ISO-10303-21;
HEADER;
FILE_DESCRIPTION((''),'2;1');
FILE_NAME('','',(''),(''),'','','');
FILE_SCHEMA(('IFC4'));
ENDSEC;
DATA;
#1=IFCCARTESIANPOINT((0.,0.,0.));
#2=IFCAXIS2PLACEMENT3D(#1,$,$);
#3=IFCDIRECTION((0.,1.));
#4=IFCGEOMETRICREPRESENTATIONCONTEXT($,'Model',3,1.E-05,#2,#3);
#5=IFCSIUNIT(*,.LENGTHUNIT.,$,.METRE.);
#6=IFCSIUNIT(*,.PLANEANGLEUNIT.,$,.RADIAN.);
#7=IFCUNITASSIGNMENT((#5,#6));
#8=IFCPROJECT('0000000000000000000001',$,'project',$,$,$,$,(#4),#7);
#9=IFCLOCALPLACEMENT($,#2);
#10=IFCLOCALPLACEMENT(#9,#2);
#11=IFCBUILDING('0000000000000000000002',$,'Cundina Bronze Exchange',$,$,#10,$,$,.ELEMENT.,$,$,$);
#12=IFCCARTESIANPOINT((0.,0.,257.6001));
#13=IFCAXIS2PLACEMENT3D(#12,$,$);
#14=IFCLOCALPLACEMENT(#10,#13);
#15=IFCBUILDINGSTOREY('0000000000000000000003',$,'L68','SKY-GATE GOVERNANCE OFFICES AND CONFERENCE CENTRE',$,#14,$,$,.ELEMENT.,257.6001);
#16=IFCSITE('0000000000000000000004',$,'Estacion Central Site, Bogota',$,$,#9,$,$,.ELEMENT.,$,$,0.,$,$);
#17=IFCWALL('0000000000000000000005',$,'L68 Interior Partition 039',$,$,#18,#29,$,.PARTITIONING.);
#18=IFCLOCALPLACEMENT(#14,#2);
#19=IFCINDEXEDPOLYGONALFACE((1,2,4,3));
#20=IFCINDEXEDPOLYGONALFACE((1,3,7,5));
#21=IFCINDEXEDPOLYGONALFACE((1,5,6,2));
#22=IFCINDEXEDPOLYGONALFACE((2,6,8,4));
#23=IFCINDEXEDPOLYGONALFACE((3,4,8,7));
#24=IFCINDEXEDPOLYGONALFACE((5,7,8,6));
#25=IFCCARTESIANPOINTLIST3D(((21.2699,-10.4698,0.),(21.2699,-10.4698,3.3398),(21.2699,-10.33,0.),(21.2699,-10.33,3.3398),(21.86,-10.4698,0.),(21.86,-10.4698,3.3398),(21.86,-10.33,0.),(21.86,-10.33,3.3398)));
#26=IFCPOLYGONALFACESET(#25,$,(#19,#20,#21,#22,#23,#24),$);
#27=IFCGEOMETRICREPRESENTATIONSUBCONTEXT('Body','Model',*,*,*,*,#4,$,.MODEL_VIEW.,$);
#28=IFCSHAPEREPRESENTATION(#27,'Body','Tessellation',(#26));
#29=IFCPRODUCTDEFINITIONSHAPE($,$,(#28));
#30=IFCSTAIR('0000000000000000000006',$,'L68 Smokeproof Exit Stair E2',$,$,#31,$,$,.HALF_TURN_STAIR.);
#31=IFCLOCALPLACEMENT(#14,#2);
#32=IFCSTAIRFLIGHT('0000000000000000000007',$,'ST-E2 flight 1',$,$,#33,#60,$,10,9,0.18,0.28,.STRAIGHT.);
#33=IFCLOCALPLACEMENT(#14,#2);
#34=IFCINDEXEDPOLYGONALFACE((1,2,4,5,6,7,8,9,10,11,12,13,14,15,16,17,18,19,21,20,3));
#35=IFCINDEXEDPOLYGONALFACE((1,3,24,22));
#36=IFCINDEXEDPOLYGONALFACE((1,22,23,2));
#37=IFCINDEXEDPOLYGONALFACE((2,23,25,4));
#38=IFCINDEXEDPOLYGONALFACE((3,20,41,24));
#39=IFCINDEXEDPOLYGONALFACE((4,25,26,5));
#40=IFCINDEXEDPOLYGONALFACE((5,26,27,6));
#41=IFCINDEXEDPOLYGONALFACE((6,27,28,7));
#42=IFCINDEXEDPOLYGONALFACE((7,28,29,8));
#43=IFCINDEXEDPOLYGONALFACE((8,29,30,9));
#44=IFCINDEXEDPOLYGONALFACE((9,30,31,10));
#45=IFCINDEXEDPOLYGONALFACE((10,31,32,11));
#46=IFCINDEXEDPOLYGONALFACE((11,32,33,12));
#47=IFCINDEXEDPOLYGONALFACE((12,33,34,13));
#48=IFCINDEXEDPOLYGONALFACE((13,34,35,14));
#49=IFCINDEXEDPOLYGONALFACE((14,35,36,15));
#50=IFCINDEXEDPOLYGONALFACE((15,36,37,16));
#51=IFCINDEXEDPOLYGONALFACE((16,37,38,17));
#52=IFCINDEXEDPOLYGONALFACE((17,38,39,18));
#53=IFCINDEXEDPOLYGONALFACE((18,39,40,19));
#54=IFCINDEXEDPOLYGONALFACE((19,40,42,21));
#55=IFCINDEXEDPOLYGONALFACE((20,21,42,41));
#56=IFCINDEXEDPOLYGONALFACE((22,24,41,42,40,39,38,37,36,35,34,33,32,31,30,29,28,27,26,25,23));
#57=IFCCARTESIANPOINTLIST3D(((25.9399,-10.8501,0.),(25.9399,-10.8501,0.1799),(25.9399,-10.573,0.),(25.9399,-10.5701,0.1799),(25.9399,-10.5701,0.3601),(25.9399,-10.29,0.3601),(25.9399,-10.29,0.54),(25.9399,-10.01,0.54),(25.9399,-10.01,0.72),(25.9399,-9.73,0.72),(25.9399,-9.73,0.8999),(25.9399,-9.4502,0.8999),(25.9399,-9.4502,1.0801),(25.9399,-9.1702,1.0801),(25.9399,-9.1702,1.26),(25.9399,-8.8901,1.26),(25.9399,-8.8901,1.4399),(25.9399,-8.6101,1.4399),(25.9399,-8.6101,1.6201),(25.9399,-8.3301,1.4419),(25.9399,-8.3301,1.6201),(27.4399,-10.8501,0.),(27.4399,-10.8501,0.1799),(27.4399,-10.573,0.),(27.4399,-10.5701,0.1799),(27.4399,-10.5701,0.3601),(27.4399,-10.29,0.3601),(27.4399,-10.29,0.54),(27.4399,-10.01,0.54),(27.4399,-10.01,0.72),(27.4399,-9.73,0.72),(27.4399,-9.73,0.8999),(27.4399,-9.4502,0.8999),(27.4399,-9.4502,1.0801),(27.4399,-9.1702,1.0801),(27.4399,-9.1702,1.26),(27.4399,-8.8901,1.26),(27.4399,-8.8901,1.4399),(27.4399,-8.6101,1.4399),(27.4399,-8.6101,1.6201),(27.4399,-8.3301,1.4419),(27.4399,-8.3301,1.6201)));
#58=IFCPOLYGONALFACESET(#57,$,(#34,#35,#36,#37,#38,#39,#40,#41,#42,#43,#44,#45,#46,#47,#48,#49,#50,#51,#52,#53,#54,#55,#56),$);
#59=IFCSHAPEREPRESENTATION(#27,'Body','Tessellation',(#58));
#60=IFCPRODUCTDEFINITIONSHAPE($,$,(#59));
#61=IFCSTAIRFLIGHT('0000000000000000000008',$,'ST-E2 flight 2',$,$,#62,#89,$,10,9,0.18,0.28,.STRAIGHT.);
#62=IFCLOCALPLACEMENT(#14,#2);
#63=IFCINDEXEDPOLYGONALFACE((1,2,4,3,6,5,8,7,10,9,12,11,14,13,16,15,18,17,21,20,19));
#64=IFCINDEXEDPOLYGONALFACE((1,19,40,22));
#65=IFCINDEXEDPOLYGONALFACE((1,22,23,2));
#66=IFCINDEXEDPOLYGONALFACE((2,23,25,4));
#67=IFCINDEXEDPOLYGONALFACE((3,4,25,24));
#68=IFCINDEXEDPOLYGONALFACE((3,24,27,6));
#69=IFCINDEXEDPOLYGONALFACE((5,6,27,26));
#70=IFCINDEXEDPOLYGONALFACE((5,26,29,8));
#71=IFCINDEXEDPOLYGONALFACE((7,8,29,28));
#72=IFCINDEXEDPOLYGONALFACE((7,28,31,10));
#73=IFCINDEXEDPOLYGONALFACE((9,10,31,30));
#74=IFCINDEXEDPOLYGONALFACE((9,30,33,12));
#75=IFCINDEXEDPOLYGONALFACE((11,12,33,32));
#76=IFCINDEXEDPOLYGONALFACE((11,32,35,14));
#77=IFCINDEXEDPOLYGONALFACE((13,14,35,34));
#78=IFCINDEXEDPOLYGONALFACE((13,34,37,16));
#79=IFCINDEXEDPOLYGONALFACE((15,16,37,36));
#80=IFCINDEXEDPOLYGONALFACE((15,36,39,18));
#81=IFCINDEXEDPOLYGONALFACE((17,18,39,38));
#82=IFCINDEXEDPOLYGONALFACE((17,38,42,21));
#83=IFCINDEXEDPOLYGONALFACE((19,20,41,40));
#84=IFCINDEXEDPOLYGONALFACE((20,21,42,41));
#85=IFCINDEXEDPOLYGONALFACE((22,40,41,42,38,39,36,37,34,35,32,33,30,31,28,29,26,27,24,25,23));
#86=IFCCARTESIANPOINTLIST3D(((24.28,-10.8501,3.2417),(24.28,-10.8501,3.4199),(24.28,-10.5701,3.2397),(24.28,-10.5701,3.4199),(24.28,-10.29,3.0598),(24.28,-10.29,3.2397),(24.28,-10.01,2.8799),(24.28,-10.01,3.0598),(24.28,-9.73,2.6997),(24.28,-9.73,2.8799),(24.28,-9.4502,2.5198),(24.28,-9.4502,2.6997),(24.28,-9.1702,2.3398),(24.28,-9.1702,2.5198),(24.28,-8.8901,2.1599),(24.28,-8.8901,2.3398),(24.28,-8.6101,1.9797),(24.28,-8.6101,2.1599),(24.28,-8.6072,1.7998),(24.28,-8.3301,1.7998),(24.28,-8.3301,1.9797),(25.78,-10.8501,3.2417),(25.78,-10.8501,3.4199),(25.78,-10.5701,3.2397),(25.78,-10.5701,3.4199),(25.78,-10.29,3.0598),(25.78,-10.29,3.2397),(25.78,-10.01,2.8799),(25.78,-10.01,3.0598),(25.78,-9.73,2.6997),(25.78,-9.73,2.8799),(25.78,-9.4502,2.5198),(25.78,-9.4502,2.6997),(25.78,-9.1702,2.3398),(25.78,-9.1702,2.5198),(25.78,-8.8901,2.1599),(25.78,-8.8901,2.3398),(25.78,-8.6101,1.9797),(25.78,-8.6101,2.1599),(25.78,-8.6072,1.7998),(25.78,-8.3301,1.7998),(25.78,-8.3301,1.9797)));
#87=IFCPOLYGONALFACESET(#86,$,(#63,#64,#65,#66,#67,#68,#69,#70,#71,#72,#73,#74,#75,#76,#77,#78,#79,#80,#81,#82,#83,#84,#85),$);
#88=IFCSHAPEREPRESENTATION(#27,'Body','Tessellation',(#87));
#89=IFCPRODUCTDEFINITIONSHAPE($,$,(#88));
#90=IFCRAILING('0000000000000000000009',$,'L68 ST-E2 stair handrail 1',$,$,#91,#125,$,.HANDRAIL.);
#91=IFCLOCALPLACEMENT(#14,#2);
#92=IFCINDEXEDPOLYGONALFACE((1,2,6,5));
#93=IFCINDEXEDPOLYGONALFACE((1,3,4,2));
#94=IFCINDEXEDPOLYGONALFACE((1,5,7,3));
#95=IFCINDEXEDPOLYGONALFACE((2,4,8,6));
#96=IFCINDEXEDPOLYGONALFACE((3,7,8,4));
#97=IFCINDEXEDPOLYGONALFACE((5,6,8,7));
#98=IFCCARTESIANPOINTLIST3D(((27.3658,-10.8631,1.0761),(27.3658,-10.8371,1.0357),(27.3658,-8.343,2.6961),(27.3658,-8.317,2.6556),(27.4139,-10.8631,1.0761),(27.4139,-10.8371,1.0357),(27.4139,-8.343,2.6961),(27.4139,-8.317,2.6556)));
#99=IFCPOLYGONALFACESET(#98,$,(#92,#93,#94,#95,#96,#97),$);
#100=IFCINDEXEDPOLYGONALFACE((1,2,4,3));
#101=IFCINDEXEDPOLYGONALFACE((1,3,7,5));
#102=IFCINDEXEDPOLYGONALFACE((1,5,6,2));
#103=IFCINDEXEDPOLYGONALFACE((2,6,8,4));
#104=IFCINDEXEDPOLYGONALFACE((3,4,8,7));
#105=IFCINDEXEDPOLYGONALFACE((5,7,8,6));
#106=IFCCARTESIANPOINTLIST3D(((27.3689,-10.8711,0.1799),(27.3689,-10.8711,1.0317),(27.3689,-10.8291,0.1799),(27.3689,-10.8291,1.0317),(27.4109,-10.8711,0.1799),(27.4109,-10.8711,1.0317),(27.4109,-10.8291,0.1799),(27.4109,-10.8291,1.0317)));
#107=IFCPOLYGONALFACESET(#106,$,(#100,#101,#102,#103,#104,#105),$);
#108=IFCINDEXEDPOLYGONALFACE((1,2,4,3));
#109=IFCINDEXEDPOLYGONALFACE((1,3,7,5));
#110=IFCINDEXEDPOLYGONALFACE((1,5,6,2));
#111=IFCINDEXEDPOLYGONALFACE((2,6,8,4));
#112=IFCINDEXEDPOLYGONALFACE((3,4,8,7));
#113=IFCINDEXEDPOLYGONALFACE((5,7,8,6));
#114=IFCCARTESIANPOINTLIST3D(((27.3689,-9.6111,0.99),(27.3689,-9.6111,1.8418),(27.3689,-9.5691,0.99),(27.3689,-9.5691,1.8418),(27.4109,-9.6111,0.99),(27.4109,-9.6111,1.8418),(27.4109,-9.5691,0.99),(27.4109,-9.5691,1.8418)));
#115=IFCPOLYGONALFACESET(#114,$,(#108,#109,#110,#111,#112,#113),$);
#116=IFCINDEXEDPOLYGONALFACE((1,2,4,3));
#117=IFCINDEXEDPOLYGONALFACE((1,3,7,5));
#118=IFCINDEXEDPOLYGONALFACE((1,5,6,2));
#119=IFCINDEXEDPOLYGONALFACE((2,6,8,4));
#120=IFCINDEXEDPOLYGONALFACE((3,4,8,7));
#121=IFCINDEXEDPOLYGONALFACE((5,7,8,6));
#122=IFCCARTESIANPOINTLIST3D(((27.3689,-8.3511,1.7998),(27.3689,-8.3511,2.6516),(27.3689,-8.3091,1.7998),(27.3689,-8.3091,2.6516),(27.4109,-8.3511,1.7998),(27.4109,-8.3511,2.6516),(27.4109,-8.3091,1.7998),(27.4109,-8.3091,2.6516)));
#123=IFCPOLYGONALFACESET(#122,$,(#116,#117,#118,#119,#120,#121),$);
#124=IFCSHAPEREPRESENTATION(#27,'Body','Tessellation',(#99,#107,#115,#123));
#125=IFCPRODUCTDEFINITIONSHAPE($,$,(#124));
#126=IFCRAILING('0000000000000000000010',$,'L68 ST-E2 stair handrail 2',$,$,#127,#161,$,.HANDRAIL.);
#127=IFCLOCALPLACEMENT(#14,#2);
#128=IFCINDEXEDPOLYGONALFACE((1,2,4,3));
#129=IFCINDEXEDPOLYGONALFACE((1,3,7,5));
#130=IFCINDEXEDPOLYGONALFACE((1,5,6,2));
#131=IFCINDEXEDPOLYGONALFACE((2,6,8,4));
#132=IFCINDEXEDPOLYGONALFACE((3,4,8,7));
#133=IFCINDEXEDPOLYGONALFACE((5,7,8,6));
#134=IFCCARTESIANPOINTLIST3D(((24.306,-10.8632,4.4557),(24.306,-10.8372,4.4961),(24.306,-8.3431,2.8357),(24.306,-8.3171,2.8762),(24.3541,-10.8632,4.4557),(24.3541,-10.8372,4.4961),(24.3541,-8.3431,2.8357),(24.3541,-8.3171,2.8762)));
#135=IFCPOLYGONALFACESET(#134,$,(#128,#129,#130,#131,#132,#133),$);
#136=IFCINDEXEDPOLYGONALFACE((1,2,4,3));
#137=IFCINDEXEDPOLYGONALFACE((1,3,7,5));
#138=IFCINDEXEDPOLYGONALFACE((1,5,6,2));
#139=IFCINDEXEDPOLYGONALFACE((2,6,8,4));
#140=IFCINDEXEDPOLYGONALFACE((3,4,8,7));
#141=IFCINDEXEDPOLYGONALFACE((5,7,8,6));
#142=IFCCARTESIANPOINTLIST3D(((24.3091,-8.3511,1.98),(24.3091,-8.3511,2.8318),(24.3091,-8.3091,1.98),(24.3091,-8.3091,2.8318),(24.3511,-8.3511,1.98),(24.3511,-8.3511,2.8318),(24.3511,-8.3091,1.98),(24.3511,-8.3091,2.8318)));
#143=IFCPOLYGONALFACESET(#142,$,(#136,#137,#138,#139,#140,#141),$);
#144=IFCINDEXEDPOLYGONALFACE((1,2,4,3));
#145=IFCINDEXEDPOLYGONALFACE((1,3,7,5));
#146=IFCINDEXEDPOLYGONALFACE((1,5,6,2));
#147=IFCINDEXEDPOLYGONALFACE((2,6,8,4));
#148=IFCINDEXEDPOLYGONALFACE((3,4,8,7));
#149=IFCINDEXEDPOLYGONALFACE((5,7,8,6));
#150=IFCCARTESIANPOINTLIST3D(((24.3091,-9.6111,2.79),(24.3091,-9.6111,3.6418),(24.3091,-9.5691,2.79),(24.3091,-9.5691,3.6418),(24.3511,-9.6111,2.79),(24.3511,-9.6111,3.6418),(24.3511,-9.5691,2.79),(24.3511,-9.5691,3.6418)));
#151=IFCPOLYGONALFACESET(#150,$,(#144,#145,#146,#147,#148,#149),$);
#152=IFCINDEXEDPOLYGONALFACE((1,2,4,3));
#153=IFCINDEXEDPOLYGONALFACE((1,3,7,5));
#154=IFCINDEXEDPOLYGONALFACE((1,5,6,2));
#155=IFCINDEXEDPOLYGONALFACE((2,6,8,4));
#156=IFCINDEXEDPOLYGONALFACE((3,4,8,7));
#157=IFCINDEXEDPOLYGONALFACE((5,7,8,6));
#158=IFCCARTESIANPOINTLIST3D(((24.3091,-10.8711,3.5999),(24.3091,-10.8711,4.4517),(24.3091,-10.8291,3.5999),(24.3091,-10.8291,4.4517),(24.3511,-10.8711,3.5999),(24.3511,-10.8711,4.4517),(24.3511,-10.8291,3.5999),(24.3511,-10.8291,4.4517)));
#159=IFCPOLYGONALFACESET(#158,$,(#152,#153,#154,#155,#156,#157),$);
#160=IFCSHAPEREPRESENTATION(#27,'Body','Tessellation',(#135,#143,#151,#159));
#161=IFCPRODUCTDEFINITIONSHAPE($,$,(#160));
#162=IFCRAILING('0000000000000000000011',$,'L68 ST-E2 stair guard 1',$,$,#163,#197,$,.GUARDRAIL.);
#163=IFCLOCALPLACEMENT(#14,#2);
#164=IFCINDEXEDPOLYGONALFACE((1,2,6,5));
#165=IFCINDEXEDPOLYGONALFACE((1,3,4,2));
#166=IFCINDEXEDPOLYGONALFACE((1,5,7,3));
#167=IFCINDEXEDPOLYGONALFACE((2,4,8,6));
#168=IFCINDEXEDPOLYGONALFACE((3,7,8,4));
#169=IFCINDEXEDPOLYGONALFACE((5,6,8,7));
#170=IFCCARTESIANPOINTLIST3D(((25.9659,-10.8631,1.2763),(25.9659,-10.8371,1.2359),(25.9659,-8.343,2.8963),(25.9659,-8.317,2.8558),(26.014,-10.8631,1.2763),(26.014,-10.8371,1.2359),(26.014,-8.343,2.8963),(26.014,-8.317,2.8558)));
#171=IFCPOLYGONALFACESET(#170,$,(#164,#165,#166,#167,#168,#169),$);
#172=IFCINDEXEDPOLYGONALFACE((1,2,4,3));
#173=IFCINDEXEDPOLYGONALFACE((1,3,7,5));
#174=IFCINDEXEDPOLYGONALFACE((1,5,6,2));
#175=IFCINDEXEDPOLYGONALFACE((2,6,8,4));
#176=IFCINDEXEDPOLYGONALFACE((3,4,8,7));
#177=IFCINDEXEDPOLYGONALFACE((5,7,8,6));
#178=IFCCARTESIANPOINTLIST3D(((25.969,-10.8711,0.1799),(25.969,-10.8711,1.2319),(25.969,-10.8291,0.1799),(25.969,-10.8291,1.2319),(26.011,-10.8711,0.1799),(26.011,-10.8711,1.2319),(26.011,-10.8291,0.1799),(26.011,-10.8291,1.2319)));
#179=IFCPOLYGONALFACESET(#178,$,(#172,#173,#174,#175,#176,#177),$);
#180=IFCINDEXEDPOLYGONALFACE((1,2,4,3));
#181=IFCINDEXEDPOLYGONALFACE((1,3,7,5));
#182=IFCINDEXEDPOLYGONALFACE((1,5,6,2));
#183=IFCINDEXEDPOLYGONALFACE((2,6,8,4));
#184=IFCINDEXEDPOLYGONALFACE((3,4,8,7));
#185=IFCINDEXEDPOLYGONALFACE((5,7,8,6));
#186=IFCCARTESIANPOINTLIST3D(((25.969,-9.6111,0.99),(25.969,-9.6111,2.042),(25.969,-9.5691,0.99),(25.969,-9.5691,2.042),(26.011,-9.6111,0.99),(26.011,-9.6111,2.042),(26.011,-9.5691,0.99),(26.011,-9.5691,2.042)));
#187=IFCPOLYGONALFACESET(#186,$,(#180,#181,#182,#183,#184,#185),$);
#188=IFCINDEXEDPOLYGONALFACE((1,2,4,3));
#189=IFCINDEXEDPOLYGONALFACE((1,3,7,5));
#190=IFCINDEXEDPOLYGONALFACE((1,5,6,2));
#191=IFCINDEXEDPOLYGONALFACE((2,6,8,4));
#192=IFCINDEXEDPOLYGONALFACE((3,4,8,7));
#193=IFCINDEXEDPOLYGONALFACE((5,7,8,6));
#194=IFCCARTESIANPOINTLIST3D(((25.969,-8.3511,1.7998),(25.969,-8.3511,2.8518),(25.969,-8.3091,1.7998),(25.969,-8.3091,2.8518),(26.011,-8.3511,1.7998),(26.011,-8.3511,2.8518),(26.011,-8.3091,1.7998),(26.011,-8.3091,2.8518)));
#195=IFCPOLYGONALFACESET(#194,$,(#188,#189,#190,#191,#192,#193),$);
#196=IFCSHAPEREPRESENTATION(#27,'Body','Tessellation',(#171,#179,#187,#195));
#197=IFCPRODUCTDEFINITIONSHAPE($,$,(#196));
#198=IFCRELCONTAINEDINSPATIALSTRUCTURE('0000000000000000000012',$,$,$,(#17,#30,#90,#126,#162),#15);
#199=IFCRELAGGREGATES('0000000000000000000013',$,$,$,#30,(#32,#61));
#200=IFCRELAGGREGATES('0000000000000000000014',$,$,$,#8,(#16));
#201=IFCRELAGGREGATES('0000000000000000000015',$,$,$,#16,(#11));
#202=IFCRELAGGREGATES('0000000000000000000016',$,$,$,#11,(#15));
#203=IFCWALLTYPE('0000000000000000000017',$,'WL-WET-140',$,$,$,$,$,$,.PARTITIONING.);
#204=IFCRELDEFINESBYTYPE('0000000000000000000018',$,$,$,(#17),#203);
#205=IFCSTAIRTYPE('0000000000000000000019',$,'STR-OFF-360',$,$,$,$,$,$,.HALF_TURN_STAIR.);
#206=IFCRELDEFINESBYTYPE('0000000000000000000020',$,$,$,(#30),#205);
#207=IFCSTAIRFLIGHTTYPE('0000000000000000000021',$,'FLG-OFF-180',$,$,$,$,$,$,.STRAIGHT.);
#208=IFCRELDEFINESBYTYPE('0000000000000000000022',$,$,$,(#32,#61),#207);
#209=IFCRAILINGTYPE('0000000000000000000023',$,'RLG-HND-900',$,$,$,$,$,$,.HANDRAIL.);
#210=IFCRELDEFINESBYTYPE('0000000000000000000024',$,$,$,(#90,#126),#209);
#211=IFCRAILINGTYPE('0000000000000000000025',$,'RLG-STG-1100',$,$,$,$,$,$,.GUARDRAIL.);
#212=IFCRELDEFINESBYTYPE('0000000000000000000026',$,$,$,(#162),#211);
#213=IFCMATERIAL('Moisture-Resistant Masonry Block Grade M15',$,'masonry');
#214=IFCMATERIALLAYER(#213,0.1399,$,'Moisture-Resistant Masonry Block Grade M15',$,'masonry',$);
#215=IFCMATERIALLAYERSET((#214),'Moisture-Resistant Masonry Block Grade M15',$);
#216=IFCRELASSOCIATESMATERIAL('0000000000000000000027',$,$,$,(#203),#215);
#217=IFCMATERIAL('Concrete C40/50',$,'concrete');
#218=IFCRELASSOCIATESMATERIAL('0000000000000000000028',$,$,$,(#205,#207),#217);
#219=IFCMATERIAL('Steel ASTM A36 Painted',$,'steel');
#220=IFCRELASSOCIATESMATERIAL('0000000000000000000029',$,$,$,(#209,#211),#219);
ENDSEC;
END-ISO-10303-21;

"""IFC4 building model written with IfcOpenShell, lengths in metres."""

from ifc_helpers import new_model, si_unit, direction, frame, frame_2d, origin, origin_2d, place, context, subcontext, project, spatial, polyline, rectangle, outline, extrude, material, layer, layer_set, type_object, element, aggregate, save


model = new_model("IFC4")

# Units and contexts
model_context = context("Model", 3, precision=1e-05, world=origin(), true_north=direction((0.0, 1.0)))
body_context = subcontext(model_context, "Body", "Model", "MODEL_VIEW")
ifc_project = project(units=[si_unit("LENGTHUNIT", "METRE"), si_unit("PLANEANGLEUNIT", "RADIAN")], contexts=[model_context])

# Site, building, storey
site_placement = place(None, origin())
site = spatial("IfcSite", under=ifc_project, at=site_placement, Name="Estacion Central Site, Bogota", CompositionType="ELEMENT", RefElevation=0.0)
building_placement = place(site_placement, origin())
building = spatial("IfcBuilding", under=site, at=building_placement, Name="Cundina Bronze Exchange", CompositionType="ELEMENT")
storey_placement = place(building_placement, frame((0.0, 0.0, 257.6001)))
storey = spatial("IfcBuildingStorey", under=building, at=storey_placement, Name="L68", Description="SKY-GATE GOVERNANCE OFFICES AND CONFERENCE CENTRE", CompositionType="ELEMENT", Elevation=257.6001)

# Shared definitions
ifc_material_1 = material(Name="Steel ASTM A36 Painted", Category="steel")

# Wall
ifc_material_2 = material(Name="Moisture-Resistant Masonry Block Grade M15", Category="masonry")
ifc_layer_1 = layer(ifc_material_2, 0.1399, Name="Moisture-Resistant Masonry Block Grade M15", Category="masonry")
ifc_layer_set_1 = layer_set([ifc_layer_1], Name="Moisture-Resistant Masonry Block Grade M15")
wall_type_1 = type_object("IfcWallType", Name="WL-WET-140", PredefinedType="PARTITIONING", material=ifc_layer_set_1)
wall_1_placement = place(storey_placement, frame((21.27, -10.3999, 0.0), z_axis=(0.0, 0.0, 1.0), x_axis=(1.0, 0.0, 0.0)))
element("IfcWall", 1, at=wall_1_placement, inside=storey, type_object=wall_type_1, Name="L68 Interior Partition 039", PredefinedType="PARTITIONING", context=body_context, shape_type="SweptSolid", body=[
    extrude(rectangle(XDim=0.5901, YDim=0.1399, at=frame_2d((0.2949, 0.0))), origin(), (0.0, 0.0, 1.0), 3.3398),
])

# Stair, stair flights
ifc_material_3 = material(Name="Concrete C40/50", Category="concrete")
stair_type = type_object("IfcStairType", Name="STR-OFF-360", PredefinedType="HALF_TURN_STAIR", material=ifc_material_3)
stair_placement = place(storey_placement, origin())
stair = element("IfcStair", 2, at=stair_placement, inside=storey, type_object=stair_type, Name="L68 Smokeproof Exit Stair E2", PredefinedType="HALF_TURN_STAIR")
stair_flight_type = type_object("IfcStairFlightType", Name="FLG-OFF-180", PredefinedType="STRAIGHT", material=ifc_material_3)
stair_flight_1_placement = place(storey_placement, frame((26.6899, -10.8501, 0.0), z_axis=(0.0, 0.0, 1.0), x_axis=(0.0, 1.0, 0.0)))
stair_flight_1 = element("IfcStairFlight", 3, at=stair_flight_1_placement, type_object=stair_flight_type, Name="ST-E2 flight 1", NumberOfRisers=10, NumberOfTreads=9, PredefinedType="STRAIGHT", RiserHeight=0.18, TreadLength=0.28, context=body_context, shape_type="SweptSolid", body=[
    extrude(outline(polyline([(0.0, 0.0), (0.0, 0.1799), (0.28, 0.1799), (0.28, 0.3601), (0.5601, 0.3601), (0.5601, 0.54), (0.8401, 0.54), (0.8401, 0.72), (1.1201, 0.72), (1.1201, 0.8999), (1.3999, 0.8999), (1.3999, 1.0801), (1.6799, 1.0801), (1.6799, 1.26), (1.96, 1.26), (1.96, 1.4399), (2.24, 1.4399), (2.24, 1.6201), (2.52, 1.6201), (2.52, 1.8), (2.52, 1.4419), (0.2771, 0.0), (0.0, 0.0)])), frame((0.0, 0.75, 0.0), z_axis=(0.0, -1.0, 0.0), x_axis=(1.0, 0.0, 0.0)), (0.0, 0.0, 1.0), 1.5),
])
stair_flight_2_placement = place(storey_placement, frame((25.03, -8.3301, 1.7998), z_axis=(0.0, 0.0, 1.0), x_axis=(0.0, -1.0, 0.0)))
stair_flight_2 = element("IfcStairFlight", 4, at=stair_flight_2_placement, type_object=stair_flight_type, Name="ST-E2 flight 2", NumberOfRisers=10, NumberOfTreads=9, PredefinedType="STRAIGHT", RiserHeight=0.18, TreadLength=0.28, context=body_context, shape_type="SweptSolid", body=[
    extrude(outline(polyline([(0.0, 0.0), (0.0, 0.1799), (0.28, 0.1799), (0.28, 0.3601), (0.5601, 0.3601), (0.5601, 0.54), (0.8401, 0.54), (0.8401, 0.72), (1.1201, 0.72), (1.1201, 0.8999), (1.3999, 0.8999), (1.3999, 1.0801), (1.6799, 1.0801), (1.6799, 1.26), (1.96, 1.26), (1.96, 1.4399), (2.24, 1.4399), (2.24, 1.6201), (2.52, 1.6201), (2.52, 1.8), (2.52, 1.4419), (0.2771, 0.0), (0.0, 0.0)])), frame((0.0, 0.75, 0.0), z_axis=(0.0, -1.0, 0.0), x_axis=(1.0, 0.0, 0.0)), (0.0, 0.0, 1.0), 1.5),
])
aggregate(stair, [stair_flight_1, stair_flight_2])

# Railings
railing_type_1 = type_object("IfcRailingType", Name="RLG-HND-900", PredefinedType="HANDRAIL", material=ifc_material_1)
railing_1_placement = place(storey_placement, frame((27.3899, -10.8501, 0.1799)))
element("IfcRailing", 5, at=railing_1_placement, inside=storey, type_object=railing_type_1, Name="L68 ST-E2 stair handrail 1", PredefinedType="HANDRAIL", context=body_context, shape_type="SweptSolid", body=[
    extrude(rectangle(XDim=0.0481, YDim=0.0481, at=origin_2d()), frame((0.0, 0.0, 0.876), z_axis=(0.0, 0.8412, 0.540725), x_axis=(-1.0, 0.0, 0.0)), (0.0, 0.0, 1.0), 2.9958),
    extrude(rectangle(XDim=0.042, YDim=0.042, at=origin_2d()), origin(), (0.0, 0.0, 1.0), 0.8518),
    extrude(rectangle(XDim=0.042, YDim=0.042, at=origin_2d()), frame((0.0, 1.26, 0.8101)), (0.0, 0.0, 1.0), 0.8518),
    extrude(rectangle(XDim=0.042, YDim=0.042, at=origin_2d()), frame((0.0, 2.52, 1.6199)), (0.0, 0.0, 1.0), 0.8518),
])
railing_2_placement = place(storey_placement, frame((24.3301, -8.3301, 1.98)))
element("IfcRailing", 6, at=railing_2_placement, inside=storey, type_object=railing_type_1, Name="L68 ST-E2 stair handrail 2", PredefinedType="HANDRAIL", context=body_context, shape_type="SweptSolid", body=[
    extrude(rectangle(XDim=0.0481, YDim=0.0481, at=origin_2d()), frame((0.0, 0.0, 0.876), z_axis=(0.0, -0.8412, 0.540725), x_axis=(1.0, 0.0, 0.0)), (0.0, 0.0, 1.0), 2.9958),
    extrude(rectangle(XDim=0.042, YDim=0.042, at=origin_2d()), origin(), (0.0, 0.0, 1.0), 0.8518),
    extrude(rectangle(XDim=0.042, YDim=0.042, at=origin_2d()), frame((0.0, -1.26, 0.8101)), (0.0, 0.0, 1.0), 0.8518),
    extrude(rectangle(XDim=0.042, YDim=0.042, at=origin_2d()), frame((0.0, -2.52, 1.6199)), (0.0, 0.0, 1.0), 0.8518),
])
railing_type_2 = type_object("IfcRailingType", Name="RLG-STG-1100", PredefinedType="GUARDRAIL", material=ifc_material_1)
railing_3_placement = place(storey_placement, frame((25.99, -10.8501, 0.1799)))
element("IfcRailing", 7, at=railing_3_placement, inside=storey, type_object=railing_type_2, Name="L68 ST-E2 stair guard 1", PredefinedType="GUARDRAIL", context=body_context, shape_type="SweptSolid", body=[
    extrude(rectangle(XDim=0.0481, YDim=0.0481, at=origin_2d()), frame((0.0, 0.0, 1.0762), z_axis=(0.0, 0.8412, 0.540725), x_axis=(-1.0, 0.0, 0.0)), (0.0, 0.0, 1.0), 2.9958),
    extrude(rectangle(XDim=0.042, YDim=0.042, at=origin_2d()), origin(), (0.0, 0.0, 1.0), 1.052),
    extrude(rectangle(XDim=0.042, YDim=0.042, at=origin_2d()), frame((0.0, 1.26, 0.8101)), (0.0, 0.0, 1.0), 1.052),
    extrude(rectangle(XDim=0.042, YDim=0.042, at=origin_2d()), frame((0.0, 2.52, 1.6199)), (0.0, 0.0, 1.0), 1.052),
])

save(model, "model.ifc")
